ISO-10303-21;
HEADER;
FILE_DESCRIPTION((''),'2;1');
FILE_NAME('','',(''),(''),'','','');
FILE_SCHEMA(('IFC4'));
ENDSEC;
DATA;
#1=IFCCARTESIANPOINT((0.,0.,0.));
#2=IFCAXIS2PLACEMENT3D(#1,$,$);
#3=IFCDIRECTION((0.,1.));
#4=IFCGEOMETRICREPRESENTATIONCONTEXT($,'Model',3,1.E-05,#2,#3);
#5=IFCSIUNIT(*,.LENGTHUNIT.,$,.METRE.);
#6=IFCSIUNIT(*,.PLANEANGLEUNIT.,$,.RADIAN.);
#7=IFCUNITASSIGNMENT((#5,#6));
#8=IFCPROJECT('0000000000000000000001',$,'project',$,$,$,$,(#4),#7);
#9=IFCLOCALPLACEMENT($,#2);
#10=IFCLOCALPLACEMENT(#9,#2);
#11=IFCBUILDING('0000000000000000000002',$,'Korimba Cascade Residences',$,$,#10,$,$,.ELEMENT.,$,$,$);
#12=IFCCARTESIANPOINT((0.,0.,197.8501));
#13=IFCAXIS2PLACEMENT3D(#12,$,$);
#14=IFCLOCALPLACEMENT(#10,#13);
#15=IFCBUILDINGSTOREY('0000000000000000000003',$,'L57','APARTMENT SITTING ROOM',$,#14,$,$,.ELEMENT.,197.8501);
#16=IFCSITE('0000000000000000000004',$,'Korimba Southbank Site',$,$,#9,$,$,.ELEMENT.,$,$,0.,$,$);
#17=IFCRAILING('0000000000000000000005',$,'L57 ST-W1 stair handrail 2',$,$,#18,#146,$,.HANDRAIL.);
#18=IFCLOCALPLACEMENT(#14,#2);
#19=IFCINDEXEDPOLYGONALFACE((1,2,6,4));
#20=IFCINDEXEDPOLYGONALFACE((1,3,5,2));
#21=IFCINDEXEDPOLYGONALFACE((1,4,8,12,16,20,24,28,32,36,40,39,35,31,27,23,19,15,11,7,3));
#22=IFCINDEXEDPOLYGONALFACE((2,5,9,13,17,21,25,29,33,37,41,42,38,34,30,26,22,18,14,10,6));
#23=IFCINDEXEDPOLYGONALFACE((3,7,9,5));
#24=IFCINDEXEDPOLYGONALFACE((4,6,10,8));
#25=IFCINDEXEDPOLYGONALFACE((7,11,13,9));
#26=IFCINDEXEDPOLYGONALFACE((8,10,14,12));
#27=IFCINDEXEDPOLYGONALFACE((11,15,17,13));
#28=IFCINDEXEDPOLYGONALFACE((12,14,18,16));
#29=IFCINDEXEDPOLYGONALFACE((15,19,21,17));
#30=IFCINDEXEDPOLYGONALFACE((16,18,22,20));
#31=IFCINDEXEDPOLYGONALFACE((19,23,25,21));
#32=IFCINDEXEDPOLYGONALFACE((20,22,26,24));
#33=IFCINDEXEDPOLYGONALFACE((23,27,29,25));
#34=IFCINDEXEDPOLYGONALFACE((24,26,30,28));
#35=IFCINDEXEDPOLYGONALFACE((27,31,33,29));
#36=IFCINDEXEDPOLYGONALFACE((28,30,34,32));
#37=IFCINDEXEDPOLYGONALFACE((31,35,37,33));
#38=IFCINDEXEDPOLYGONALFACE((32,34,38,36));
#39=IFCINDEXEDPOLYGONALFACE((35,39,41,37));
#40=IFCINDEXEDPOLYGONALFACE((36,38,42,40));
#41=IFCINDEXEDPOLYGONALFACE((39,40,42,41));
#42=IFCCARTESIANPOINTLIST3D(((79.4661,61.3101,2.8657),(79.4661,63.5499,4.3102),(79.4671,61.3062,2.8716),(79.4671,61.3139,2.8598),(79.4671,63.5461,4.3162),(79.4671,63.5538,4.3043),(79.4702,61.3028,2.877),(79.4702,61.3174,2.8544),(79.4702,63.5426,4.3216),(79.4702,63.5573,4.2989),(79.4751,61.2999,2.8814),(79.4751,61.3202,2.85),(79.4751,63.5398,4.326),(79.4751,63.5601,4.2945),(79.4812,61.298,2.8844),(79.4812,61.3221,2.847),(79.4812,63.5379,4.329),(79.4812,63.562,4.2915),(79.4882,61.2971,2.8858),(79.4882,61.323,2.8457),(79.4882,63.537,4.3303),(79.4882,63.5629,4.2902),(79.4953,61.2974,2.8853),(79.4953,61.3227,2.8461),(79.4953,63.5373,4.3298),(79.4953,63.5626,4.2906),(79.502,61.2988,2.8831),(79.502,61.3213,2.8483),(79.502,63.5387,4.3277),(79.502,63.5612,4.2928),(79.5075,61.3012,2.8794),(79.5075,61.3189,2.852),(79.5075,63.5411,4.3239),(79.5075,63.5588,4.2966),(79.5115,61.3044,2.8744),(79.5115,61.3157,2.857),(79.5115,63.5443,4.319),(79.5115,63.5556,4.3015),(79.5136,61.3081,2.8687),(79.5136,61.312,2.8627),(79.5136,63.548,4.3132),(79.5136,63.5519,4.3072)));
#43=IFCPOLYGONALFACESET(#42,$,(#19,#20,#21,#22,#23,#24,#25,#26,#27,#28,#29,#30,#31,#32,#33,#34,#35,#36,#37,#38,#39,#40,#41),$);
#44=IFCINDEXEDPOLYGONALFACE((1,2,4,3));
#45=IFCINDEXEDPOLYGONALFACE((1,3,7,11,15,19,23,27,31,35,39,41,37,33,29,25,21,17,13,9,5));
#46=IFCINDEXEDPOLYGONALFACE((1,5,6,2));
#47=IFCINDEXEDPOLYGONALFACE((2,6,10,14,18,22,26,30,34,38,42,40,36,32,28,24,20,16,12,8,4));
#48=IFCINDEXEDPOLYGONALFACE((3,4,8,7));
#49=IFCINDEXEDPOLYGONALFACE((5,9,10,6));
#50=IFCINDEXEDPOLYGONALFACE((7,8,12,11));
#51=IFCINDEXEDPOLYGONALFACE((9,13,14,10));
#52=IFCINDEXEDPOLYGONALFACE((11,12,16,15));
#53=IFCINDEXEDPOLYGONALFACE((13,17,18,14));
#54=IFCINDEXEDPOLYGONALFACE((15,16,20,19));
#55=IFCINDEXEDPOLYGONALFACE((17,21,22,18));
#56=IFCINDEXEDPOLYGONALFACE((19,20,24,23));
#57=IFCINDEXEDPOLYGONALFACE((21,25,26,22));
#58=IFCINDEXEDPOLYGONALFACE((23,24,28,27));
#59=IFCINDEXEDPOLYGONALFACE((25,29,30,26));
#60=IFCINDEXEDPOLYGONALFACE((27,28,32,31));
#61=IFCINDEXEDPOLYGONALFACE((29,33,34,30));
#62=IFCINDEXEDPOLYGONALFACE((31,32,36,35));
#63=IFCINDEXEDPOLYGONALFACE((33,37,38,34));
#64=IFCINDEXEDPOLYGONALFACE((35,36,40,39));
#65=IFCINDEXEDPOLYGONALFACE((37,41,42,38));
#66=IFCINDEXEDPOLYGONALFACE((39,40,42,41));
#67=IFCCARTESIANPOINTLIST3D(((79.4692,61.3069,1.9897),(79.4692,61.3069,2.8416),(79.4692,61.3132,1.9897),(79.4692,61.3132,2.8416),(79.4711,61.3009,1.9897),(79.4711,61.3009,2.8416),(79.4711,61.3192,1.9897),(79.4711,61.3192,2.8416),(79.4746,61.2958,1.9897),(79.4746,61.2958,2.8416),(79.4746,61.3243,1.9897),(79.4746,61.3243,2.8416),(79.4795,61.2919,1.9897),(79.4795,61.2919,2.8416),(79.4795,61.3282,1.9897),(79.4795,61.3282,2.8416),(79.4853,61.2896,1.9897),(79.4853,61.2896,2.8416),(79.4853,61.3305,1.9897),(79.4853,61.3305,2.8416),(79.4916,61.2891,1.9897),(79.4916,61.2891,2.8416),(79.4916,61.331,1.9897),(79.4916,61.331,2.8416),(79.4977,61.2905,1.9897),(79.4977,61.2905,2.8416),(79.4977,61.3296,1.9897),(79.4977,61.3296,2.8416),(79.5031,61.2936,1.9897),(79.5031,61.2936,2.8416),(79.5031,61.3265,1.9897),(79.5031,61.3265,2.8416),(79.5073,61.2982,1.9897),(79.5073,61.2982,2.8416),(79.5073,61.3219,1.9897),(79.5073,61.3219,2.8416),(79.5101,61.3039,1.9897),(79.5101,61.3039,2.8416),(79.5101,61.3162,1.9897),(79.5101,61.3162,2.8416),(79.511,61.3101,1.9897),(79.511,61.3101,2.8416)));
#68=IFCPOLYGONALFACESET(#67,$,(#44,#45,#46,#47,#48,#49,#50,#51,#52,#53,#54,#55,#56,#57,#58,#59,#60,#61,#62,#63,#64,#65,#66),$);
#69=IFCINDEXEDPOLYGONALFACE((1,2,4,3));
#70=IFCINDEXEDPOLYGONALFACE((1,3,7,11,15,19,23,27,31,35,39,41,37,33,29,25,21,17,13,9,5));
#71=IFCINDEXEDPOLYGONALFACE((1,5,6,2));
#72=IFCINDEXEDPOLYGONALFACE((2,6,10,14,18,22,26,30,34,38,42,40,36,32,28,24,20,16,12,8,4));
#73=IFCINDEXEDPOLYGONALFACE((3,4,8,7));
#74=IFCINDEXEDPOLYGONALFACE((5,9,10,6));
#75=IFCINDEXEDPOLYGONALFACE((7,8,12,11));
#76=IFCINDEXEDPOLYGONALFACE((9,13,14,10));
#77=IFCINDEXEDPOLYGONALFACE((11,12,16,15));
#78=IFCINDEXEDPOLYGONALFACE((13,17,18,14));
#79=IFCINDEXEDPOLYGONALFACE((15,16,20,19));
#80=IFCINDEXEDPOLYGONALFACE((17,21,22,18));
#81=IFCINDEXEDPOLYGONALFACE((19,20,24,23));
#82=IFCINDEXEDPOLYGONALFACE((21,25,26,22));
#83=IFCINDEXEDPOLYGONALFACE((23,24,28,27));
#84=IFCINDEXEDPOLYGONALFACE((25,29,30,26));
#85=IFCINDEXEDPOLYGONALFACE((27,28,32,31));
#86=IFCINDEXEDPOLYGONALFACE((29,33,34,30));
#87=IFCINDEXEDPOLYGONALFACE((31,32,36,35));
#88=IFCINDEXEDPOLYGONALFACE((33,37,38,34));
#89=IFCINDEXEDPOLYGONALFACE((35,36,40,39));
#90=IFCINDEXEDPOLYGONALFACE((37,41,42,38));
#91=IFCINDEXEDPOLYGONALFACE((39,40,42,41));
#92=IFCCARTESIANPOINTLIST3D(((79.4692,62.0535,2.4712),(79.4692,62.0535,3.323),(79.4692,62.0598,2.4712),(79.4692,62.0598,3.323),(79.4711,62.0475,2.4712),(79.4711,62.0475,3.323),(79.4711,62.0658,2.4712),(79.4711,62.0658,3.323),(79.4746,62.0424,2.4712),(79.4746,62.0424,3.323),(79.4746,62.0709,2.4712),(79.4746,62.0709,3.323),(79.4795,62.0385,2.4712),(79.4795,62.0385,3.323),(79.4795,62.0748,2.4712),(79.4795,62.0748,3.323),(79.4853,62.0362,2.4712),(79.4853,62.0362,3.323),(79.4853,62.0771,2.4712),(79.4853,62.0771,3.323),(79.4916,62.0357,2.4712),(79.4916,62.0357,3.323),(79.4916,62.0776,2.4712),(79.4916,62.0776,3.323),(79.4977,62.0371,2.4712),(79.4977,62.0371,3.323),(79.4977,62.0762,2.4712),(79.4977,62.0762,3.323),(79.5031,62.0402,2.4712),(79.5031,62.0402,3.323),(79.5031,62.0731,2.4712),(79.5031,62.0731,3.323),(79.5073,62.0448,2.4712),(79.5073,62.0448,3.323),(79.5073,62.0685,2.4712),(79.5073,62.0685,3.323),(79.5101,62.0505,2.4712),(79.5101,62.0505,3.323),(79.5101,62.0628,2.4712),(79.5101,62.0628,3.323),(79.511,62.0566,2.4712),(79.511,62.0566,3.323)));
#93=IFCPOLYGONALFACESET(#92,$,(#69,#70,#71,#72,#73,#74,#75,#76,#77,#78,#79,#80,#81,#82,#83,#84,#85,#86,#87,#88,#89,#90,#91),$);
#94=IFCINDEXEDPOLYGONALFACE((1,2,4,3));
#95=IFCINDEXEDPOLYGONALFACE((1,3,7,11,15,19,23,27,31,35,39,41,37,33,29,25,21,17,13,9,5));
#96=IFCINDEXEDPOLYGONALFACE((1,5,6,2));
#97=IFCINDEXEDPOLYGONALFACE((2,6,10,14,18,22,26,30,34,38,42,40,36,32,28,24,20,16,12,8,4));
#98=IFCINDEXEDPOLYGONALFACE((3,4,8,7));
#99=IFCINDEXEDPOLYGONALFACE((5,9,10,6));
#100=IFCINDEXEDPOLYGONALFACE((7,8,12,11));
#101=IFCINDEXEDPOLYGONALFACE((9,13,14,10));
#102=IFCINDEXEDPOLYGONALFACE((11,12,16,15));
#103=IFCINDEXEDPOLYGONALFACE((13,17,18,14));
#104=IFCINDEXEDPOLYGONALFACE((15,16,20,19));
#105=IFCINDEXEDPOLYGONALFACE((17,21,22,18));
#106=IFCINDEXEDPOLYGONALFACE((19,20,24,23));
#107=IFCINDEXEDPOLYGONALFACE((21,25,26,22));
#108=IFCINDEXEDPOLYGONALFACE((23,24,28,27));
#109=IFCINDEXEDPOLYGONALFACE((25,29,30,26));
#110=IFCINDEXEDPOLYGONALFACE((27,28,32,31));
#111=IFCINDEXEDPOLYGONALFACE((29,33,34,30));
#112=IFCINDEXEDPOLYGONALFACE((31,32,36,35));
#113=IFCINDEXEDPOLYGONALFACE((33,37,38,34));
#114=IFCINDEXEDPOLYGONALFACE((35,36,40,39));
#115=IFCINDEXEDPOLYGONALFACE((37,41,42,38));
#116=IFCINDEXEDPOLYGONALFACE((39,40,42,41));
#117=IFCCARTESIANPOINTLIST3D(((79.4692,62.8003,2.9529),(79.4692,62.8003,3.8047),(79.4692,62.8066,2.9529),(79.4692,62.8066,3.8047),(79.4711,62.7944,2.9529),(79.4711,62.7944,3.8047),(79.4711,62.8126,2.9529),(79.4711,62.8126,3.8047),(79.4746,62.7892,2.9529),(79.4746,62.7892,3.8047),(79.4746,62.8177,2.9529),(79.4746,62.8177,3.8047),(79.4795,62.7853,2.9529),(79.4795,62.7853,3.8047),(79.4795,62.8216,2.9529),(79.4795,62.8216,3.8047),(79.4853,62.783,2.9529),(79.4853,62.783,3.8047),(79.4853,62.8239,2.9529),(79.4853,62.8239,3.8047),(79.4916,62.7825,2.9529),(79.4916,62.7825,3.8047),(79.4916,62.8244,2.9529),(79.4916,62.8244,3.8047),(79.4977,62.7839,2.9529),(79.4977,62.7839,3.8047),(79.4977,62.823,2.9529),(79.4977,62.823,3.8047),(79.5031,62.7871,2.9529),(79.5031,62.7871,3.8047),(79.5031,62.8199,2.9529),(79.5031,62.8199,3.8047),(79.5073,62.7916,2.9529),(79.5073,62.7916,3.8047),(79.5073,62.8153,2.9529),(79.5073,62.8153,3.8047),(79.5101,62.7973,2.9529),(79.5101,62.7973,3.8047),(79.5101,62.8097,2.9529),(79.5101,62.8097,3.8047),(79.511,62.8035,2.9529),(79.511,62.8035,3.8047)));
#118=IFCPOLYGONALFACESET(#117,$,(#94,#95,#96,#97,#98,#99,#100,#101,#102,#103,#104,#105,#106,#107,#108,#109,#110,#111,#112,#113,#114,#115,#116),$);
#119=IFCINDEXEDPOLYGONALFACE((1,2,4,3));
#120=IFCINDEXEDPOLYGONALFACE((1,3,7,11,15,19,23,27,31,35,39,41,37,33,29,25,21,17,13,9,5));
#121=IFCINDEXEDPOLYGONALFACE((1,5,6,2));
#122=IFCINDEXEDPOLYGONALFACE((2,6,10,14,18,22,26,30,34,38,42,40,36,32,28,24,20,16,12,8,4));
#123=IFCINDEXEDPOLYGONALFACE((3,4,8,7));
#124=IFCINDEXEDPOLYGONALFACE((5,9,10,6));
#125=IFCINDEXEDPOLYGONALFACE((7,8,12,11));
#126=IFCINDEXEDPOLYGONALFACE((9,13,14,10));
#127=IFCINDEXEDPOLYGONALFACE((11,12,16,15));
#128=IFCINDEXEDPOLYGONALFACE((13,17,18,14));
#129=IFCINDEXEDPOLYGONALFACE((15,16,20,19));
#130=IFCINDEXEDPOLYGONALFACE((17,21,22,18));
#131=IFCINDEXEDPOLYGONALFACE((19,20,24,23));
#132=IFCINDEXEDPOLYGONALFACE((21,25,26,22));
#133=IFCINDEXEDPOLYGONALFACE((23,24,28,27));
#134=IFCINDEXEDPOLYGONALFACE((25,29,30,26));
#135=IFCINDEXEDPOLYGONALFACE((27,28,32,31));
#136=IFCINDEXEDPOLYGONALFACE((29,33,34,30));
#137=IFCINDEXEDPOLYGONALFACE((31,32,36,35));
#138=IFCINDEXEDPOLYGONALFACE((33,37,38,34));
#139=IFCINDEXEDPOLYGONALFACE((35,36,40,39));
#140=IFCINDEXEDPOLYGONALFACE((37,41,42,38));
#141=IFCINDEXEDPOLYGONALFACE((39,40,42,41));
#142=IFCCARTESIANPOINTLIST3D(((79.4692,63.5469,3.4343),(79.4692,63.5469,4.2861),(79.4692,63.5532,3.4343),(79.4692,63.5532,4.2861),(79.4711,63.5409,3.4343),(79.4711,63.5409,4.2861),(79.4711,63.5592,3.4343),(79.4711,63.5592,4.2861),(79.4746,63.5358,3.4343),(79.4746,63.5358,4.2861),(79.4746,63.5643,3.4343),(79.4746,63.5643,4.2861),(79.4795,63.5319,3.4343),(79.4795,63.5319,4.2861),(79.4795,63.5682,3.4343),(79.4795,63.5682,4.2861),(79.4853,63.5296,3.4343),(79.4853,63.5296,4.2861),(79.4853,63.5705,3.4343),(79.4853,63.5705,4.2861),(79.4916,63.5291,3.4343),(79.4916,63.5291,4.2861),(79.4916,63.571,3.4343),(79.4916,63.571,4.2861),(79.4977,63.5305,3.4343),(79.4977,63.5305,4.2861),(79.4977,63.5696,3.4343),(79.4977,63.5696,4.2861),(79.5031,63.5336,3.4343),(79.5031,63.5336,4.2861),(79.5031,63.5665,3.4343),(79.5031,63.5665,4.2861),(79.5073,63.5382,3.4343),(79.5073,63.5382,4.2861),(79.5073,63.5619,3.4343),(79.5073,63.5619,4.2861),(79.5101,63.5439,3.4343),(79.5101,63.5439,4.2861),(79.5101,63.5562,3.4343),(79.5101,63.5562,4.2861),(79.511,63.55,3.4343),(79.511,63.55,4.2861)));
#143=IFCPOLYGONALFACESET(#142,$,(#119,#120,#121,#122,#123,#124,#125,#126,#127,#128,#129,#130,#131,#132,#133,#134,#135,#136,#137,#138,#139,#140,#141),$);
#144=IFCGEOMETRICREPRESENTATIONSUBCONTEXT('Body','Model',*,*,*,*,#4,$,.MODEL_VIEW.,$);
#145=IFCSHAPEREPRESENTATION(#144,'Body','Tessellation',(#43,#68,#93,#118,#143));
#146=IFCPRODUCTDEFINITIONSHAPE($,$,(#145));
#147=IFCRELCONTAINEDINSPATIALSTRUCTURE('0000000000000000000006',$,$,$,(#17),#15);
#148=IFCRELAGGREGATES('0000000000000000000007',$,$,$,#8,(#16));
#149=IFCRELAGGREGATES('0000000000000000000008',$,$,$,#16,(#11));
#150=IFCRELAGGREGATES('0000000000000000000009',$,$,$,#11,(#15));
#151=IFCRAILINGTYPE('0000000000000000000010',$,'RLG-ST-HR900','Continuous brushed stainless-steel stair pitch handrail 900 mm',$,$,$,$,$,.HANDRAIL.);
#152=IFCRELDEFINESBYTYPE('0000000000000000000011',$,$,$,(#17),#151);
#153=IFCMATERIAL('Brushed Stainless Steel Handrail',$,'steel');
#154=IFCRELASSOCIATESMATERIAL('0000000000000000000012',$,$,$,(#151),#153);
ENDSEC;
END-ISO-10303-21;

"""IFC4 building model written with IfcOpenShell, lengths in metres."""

from ifc_helpers import new_model, si_unit, direction, frame, origin, origin_2d, place, context, subcontext, project, spatial, circle, extrude, material, type_object, element, save


model = new_model("IFC4")

# Units and contexts
model_context = context("Model", 3, precision=1e-05, world=origin(), true_north=direction((0.0, 1.0)))
body_context = subcontext(model_context, "Body", "Model", "MODEL_VIEW")
ifc_project = project(units=[si_unit("LENGTHUNIT", "METRE"), si_unit("PLANEANGLEUNIT", "RADIAN")], contexts=[model_context])

# Site, building, storey
site_placement = place(None, origin())
site = spatial("IfcSite", under=ifc_project, at=site_placement, Name="Korimba Southbank Site", CompositionType="ELEMENT", RefElevation=0.0)
building_placement = place(site_placement, origin())
building = spatial("IfcBuilding", under=site, at=building_placement, Name="Korimba Cascade Residences", CompositionType="ELEMENT")
storey_placement = place(building_placement, frame((0.0, 0.0, 197.8501)))
storey = spatial("IfcBuildingStorey", under=building, at=storey_placement, Name="L57", Description="APARTMENT SITTING ROOM", CompositionType="ELEMENT", Elevation=197.8501)

# Railing
ifc_material_1 = material(Name="Brushed Stainless Steel Handrail", Category="steel")
railing_type_1 = type_object("IfcRailingType", Name="RLG-ST-HR900", Description="Continuous brushed stainless-steel stair pitch handrail 900 mm", PredefinedType="HANDRAIL", material=ifc_material_1)
railing_1_placement = place(storey_placement, frame((79.49, 61.3101, 1.9897)))
element("IfcRailing", 1, at=railing_1_placement, inside=storey, type_object=railing_type_1, Name="L57 ST-W1 stair handrail 2", PredefinedType="HANDRAIL", context=body_context, shape_type="SweptSolid", body=[
    extrude(circle(Radius=0.0239, at=origin_2d()), frame((0.0, 0.0, 0.876), z_axis=(0.0, 0.840395, 0.541975), x_axis=(-1.0, 0.0, 0.0)), (0.0, 0.0, 1.0), 2.6653),
    extrude(circle(Radius=0.021, at=origin_2d()), origin(), (0.0, 0.0, 1.0), 0.8518),
    extrude(circle(Radius=0.021, at=origin_2d()), frame((0.0, 0.7466, 0.4814)), (0.0, 0.0, 1.0), 0.8518),
    extrude(circle(Radius=0.021, at=origin_2d()), frame((0.0, 1.4934, 0.9631)), (0.0, 0.0, 1.0), 0.8518),
    extrude(circle(Radius=0.021, at=origin_2d()), frame((0.0, 2.24, 1.4446)), (0.0, 0.0, 1.0), 0.8518),
])

save(model, "model.ifc")
